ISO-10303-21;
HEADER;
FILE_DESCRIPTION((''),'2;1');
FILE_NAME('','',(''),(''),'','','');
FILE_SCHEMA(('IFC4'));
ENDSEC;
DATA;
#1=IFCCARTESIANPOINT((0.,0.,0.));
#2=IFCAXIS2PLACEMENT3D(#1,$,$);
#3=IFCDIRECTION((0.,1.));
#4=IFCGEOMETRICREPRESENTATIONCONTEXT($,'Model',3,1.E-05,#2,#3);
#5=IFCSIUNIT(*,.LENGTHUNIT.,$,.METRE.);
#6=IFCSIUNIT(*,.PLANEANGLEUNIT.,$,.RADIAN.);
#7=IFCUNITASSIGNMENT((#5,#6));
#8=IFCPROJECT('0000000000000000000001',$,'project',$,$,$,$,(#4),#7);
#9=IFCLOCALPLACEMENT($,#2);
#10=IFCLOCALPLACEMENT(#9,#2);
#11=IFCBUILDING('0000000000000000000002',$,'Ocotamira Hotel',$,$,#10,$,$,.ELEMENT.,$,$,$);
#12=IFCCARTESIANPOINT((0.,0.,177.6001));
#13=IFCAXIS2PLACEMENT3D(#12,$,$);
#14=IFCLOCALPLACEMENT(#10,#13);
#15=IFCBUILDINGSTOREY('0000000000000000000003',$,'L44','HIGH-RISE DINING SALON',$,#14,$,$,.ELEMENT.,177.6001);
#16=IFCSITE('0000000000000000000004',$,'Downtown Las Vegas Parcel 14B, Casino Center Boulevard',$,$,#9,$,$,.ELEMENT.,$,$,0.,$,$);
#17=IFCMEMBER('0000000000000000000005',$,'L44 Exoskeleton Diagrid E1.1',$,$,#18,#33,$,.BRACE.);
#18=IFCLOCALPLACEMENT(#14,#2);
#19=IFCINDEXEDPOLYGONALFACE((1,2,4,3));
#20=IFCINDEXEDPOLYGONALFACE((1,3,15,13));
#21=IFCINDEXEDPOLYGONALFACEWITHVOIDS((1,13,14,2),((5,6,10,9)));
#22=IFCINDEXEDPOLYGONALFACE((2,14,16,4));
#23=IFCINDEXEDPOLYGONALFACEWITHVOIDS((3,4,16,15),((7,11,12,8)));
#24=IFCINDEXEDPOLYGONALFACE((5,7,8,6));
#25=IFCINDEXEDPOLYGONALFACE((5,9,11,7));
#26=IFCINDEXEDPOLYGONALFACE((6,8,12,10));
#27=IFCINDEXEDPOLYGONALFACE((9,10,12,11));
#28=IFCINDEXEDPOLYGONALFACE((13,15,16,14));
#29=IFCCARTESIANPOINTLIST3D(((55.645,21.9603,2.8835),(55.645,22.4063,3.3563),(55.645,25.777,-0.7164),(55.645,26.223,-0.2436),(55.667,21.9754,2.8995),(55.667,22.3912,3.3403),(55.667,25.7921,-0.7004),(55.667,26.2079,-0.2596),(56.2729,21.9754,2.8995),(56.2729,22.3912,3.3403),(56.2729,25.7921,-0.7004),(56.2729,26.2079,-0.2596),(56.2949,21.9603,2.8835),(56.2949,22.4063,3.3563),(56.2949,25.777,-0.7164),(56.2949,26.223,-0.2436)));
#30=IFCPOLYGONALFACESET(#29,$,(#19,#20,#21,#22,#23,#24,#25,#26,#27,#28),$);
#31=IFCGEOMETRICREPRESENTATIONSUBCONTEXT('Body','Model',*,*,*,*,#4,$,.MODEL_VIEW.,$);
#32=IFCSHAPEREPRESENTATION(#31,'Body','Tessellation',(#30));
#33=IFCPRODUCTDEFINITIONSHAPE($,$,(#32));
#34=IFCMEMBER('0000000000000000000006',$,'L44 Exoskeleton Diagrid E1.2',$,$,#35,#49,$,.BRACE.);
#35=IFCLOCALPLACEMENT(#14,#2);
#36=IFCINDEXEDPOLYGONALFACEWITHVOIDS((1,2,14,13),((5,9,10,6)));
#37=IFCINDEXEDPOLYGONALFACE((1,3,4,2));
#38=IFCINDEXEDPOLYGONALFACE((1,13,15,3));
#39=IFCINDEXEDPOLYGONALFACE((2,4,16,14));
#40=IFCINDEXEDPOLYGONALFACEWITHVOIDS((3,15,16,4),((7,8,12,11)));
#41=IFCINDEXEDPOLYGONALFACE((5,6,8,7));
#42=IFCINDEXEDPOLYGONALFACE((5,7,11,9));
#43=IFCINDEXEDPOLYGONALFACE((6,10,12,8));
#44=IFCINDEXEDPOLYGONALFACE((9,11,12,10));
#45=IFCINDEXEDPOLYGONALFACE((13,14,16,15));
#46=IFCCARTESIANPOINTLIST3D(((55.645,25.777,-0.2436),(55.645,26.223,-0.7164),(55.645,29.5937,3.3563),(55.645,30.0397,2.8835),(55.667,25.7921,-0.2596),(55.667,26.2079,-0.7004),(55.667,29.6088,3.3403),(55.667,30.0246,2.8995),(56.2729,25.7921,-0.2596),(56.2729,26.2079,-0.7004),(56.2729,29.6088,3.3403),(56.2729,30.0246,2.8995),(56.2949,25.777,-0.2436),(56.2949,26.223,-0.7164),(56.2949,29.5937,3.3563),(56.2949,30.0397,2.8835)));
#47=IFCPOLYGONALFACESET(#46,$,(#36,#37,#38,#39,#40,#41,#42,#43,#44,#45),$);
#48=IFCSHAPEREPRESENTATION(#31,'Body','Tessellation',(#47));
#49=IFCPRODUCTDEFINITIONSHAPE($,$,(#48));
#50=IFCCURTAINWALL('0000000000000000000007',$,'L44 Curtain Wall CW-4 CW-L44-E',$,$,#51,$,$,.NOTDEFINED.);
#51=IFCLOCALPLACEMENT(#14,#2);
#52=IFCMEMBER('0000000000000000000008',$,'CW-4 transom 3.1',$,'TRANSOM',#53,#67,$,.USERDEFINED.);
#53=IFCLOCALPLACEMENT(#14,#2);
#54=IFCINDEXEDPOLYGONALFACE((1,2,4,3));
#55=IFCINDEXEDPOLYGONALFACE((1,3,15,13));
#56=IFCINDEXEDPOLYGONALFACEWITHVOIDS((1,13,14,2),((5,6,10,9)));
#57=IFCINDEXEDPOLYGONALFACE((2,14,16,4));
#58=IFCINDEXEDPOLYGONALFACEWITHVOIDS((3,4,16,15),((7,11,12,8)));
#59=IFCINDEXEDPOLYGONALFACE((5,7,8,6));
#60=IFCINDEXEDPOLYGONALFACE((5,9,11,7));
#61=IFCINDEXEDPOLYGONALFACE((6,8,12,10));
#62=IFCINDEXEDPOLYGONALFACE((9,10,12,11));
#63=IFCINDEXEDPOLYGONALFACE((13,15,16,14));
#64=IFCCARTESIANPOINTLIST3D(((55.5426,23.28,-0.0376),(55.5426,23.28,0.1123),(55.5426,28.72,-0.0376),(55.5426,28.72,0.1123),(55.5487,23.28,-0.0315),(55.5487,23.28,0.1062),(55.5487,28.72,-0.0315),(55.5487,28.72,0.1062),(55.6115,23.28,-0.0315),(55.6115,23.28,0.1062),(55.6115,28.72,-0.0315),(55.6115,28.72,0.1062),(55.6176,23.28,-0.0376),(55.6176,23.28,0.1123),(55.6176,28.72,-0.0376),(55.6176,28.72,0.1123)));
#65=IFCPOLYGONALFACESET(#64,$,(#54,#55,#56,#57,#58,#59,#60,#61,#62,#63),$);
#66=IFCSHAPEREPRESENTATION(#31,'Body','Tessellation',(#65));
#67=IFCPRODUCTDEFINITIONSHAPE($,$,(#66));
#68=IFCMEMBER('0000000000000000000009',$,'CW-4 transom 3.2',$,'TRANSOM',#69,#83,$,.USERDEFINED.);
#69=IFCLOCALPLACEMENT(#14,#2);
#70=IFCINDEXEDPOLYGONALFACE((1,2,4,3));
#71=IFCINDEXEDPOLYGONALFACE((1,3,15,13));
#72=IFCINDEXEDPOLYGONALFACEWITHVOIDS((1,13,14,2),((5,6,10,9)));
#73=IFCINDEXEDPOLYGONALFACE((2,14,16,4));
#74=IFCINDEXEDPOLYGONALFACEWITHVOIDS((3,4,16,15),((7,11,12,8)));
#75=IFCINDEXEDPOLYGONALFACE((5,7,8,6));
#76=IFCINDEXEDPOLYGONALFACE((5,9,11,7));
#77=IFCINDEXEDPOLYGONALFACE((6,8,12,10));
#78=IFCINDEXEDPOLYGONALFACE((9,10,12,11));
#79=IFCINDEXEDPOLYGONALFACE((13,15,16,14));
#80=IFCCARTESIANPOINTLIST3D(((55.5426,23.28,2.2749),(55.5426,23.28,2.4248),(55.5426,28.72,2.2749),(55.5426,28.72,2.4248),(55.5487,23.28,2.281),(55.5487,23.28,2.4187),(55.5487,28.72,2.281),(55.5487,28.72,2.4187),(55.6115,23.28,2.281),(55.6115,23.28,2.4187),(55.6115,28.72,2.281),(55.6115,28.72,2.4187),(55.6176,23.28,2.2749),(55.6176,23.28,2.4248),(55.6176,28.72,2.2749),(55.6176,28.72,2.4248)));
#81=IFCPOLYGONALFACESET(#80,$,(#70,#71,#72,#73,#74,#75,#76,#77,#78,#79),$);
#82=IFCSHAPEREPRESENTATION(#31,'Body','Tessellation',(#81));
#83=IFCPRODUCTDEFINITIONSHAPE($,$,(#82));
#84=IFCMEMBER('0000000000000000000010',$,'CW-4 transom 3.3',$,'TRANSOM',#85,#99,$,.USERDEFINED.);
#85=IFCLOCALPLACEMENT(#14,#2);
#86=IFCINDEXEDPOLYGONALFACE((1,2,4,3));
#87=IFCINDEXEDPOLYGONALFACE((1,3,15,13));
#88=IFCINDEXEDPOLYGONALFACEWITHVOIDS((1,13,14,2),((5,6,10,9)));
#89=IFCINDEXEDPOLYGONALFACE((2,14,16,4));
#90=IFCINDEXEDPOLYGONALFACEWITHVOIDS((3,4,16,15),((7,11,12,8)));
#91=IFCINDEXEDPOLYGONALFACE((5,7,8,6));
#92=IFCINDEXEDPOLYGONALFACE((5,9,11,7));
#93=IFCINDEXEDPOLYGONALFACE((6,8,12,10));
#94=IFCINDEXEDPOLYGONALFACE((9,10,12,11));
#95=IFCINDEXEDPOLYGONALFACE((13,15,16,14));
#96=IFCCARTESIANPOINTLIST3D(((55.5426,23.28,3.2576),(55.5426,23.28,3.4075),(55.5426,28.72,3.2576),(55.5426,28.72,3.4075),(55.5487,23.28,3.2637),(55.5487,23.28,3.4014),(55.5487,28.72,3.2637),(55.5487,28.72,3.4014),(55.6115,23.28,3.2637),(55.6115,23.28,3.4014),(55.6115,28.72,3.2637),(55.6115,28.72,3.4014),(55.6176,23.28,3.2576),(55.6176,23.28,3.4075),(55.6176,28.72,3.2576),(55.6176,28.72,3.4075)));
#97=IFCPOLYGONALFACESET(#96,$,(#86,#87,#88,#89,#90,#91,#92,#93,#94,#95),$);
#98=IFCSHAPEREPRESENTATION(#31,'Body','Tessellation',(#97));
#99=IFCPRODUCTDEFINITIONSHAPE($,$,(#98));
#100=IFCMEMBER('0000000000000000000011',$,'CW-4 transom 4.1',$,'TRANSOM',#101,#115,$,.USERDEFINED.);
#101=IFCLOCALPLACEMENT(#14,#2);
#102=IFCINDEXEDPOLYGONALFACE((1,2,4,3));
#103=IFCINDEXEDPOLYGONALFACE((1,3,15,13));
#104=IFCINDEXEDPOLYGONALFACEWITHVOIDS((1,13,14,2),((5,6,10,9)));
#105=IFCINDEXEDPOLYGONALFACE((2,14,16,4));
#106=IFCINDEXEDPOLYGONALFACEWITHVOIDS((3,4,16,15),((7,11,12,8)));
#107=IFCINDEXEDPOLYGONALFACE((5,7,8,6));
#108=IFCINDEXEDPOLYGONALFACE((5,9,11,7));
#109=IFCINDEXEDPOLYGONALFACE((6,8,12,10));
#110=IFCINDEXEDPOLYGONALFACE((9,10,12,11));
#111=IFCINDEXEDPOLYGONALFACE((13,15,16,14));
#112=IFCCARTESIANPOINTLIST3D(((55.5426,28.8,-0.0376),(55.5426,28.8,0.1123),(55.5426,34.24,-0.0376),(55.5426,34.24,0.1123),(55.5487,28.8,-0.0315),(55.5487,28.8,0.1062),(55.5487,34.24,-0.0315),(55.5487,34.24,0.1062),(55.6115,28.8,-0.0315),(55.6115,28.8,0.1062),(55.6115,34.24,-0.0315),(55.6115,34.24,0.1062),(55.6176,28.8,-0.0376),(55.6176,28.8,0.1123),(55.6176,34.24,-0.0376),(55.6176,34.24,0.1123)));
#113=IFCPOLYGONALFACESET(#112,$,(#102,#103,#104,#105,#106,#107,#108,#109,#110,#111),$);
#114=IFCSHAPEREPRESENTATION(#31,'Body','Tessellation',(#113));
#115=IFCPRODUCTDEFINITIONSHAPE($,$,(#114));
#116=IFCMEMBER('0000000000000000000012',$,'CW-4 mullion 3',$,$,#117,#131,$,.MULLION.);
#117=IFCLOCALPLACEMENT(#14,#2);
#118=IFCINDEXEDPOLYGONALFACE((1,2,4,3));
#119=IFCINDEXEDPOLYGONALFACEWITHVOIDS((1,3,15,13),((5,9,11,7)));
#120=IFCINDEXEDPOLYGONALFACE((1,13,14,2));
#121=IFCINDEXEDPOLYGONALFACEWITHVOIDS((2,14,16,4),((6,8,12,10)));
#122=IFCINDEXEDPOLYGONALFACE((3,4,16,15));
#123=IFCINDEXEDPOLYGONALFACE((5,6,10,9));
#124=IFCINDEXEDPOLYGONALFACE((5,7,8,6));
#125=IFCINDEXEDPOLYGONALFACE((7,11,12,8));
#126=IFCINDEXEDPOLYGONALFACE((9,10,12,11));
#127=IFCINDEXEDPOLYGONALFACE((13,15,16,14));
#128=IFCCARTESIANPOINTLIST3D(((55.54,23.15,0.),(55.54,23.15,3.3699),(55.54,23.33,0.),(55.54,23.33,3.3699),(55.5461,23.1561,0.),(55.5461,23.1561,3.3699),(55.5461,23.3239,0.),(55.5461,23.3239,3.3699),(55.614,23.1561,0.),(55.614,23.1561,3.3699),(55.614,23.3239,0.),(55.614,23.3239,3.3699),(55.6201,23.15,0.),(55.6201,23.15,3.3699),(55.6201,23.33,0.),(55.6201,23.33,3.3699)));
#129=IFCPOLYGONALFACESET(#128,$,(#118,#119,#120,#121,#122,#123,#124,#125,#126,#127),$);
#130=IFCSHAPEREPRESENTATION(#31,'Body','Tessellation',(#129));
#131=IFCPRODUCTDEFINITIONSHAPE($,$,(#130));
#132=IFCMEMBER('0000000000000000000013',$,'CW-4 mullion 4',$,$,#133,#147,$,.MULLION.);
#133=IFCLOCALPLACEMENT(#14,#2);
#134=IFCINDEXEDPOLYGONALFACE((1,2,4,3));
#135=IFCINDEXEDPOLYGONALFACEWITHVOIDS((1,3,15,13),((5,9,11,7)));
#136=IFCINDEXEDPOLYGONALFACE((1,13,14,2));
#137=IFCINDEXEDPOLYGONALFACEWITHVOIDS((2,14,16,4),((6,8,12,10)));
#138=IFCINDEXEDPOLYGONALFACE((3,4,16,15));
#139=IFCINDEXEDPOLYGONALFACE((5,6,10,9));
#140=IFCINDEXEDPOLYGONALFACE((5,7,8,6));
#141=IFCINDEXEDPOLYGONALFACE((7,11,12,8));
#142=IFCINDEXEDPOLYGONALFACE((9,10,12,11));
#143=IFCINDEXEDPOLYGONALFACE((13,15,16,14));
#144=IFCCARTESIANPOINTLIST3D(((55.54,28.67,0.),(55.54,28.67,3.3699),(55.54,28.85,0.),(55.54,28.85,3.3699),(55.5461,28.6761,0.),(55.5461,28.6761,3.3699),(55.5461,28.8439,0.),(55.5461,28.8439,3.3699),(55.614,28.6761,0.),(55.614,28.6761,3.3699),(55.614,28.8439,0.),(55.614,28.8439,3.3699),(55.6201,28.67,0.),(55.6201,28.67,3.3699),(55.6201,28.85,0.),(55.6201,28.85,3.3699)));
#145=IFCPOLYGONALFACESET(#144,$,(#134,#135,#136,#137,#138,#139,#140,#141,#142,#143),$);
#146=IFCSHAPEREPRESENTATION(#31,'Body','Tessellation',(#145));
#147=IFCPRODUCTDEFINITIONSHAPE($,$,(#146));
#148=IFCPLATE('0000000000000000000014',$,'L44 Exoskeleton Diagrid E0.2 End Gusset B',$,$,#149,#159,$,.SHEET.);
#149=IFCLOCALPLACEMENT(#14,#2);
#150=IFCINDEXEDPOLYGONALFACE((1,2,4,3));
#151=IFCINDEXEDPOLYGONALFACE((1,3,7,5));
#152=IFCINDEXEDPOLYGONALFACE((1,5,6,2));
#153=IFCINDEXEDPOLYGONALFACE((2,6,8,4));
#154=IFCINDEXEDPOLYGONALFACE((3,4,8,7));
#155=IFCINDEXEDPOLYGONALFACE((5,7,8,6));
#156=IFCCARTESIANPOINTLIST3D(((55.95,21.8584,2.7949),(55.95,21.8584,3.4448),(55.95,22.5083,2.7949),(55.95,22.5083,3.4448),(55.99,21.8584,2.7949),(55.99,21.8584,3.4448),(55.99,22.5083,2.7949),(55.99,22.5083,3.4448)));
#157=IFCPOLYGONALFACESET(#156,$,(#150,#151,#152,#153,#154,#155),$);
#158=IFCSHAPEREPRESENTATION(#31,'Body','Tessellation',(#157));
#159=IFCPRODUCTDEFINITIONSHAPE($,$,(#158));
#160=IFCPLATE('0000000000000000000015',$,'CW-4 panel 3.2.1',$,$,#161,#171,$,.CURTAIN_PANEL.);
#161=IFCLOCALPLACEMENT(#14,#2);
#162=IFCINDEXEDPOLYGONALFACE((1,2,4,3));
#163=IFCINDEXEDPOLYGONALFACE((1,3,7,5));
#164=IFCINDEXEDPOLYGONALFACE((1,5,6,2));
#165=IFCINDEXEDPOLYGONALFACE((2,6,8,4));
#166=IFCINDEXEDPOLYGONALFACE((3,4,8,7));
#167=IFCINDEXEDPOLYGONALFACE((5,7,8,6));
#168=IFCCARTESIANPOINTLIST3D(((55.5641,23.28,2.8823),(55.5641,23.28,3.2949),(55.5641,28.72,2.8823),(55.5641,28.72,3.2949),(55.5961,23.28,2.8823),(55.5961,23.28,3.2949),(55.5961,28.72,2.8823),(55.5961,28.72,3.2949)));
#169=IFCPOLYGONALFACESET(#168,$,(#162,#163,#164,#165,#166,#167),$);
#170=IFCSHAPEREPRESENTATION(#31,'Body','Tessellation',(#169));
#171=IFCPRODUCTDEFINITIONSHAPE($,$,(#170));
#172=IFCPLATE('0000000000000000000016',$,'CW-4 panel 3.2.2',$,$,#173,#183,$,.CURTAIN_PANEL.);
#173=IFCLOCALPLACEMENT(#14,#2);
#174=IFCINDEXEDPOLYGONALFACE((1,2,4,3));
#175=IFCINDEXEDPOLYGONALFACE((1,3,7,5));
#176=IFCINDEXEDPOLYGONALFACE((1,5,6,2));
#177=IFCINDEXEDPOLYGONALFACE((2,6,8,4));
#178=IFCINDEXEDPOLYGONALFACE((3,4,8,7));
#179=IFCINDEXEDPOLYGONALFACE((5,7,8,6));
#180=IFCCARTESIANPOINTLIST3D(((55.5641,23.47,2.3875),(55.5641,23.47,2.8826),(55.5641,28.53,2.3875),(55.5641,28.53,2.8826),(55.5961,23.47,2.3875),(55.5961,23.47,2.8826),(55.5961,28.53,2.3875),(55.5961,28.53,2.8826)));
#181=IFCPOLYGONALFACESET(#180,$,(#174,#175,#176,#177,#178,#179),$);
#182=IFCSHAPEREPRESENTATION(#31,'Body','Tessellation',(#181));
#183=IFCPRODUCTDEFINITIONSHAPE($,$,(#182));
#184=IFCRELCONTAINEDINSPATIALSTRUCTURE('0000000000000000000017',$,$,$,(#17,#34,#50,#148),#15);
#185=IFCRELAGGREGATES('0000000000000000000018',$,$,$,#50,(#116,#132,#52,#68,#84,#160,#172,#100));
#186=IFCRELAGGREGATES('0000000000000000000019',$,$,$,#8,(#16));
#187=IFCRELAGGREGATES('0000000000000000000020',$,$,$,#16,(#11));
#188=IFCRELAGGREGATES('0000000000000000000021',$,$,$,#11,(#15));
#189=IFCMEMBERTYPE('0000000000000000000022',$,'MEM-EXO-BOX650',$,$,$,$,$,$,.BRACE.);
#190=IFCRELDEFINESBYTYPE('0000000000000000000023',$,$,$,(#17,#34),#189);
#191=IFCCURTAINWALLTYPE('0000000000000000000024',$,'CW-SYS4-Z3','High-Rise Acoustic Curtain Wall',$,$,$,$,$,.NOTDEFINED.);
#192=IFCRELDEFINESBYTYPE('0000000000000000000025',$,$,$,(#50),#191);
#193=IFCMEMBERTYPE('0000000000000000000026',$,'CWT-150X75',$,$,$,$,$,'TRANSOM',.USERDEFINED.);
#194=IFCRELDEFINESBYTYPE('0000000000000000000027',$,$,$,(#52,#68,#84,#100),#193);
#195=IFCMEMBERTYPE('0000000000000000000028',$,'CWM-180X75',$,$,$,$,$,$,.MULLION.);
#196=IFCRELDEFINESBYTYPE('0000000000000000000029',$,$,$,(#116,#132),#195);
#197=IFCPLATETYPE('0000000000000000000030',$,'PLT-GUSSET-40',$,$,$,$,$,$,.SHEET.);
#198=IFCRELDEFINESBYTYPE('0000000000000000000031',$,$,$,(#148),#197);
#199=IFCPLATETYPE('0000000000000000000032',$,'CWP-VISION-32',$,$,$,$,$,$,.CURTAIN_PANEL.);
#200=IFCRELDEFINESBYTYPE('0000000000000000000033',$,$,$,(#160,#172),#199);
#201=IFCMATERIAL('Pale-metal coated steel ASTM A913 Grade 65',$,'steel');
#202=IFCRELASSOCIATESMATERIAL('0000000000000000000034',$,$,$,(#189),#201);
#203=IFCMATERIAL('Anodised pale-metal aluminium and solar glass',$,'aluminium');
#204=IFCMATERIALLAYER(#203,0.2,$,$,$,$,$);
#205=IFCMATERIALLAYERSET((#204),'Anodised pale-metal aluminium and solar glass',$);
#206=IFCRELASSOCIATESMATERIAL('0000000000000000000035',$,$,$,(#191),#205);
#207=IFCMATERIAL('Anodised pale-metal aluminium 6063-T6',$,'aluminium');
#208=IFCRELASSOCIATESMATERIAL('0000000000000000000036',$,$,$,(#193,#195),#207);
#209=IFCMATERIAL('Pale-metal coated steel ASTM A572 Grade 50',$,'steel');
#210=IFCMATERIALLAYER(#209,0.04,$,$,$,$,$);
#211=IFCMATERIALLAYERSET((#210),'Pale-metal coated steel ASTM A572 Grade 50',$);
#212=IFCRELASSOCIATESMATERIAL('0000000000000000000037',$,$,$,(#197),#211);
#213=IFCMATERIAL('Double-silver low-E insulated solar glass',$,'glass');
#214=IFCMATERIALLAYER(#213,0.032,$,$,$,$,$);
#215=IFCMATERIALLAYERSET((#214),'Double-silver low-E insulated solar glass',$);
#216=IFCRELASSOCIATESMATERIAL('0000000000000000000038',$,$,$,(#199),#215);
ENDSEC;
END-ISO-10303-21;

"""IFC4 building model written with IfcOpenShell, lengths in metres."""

from ifc_helpers import new_model, si_unit, direction, frame, origin, origin_2d, place, context, subcontext, project, spatial, rectangle, hollow_rectangle, extrude, source, transform, mapped, material, layer, layer_set, material_profile, profile_set, type_object, element, aggregate, save


model = new_model("IFC4")

# Units and contexts
model_context = context("Model", 3, precision=1e-05, world=origin(), true_north=direction((0.0, 1.0)))
body_context = subcontext(model_context, "Body", "Model", "MODEL_VIEW")
ifc_project = project(units=[si_unit("LENGTHUNIT", "METRE"), si_unit("PLANEANGLEUNIT", "RADIAN")], contexts=[model_context])

# Site, building, storey
site_placement = place(None, origin())
site = spatial("IfcSite", under=ifc_project, at=site_placement, Name="Downtown Las Vegas Parcel 14B, Casino Center Boulevard", CompositionType="ELEMENT", RefElevation=0.0)
building_placement = place(site_placement, origin())
building = spatial("IfcBuilding", under=site, at=building_placement, Name="Ocotamira Hotel", CompositionType="ELEMENT")
storey_placement = place(building_placement, frame((0.0, 0.0, 177.6001)))
storey = spatial("IfcBuildingStorey", under=building, at=storey_placement, Name="L44", Description="HIGH-RISE DINING SALON", CompositionType="ELEMENT", Elevation=177.6001)

# Members
ifc_material_1 = material(Name="Pale-metal coated steel ASTM A913 Grade 65", Category="steel")
ifc_material_profile_1 = material_profile(ifc_material_1, hollow_rectangle(XDim=0.6499, YDim=0.6499, WallThickness=0.022, at=origin_2d()), Name="BOX650X650X22")
ifc_profile_set_1 = profile_set([ifc_material_profile_1], Name="Pale-metal coated steel ASTM A913 Grade 65")
member_type_1 = type_object("IfcMemberType", Name="MEM-EXO-BOX650", PredefinedType="BRACE", material=ifc_profile_set_1)
shared_shape_1 = source(origin(), body_context, "Body", "SweptSolid", [
    extrude(hollow_rectangle(XDim=0.6499, YDim=0.6499, WallThickness=0.022, at=origin_2d()), origin(), (0.0, 0.0, 1.0), 5.2466),
])
for number, where, z_axis, x_axis, name in (
    (1, (55.97, 26.0, -0.48), (0.0, -0.727466, 0.686144), (1.0, 0.0, 0.0), "L44 Exoskeleton Diagrid E1.1"),
    (2, (55.97, 26.0, -0.48), (0.0, 0.727466, 0.686144), (-1.0, 0.0, 0.0), "L44 Exoskeleton Diagrid E1.2"),
):
    element("IfcMember", number, at=place(storey_placement, frame(where, z_axis=z_axis, x_axis=x_axis)), inside=storey, type_object=member_type_1, Name=name, PredefinedType="BRACE", context=body_context, shape_type="MappedRepresentation", body=[
        mapped(shared_shape_1, transform((0.0, 0.0, 0.0), scale=1.0)),
    ])

# Curtain wall, members
ifc_material_2 = material(Name="Anodised pale-metal aluminium and solar glass", Category="aluminium")
ifc_layer_1 = layer(ifc_material_2, 0.2)
ifc_layer_set_1 = layer_set([ifc_layer_1], Name="Anodised pale-metal aluminium and solar glass")
curtain_wall_type = type_object("IfcCurtainWallType", Name="CW-SYS4-Z3", Description="High-Rise Acoustic Curtain Wall", PredefinedType="NOTDEFINED", material=ifc_layer_set_1)
curtain_wall_placement = place(storey_placement, origin())
curtain_wall = element("IfcCurtainWall", 3, at=curtain_wall_placement, inside=storey, type_object=curtain_wall_type, Name="L44 Curtain Wall CW-4 CW-L44-E", PredefinedType="NOTDEFINED")
ifc_material_3 = material(Name="Anodised pale-metal aluminium 6063-T6", Category="aluminium")
ifc_material_profile_2 = material_profile(ifc_material_3, hollow_rectangle(XDim=0.075, YDim=0.1499, WallThickness=0.0061, at=origin_2d()), Name="HSS150X75X6")
ifc_profile_set_2 = profile_set([ifc_material_profile_2], Name="Anodised pale-metal aluminium 6063-T6")
member_type_2 = type_object("IfcMemberType", Name="CWT-150X75", ElementType="TRANSOM", PredefinedType="USERDEFINED", material=ifc_profile_set_2)
shared_shape_2 = source(origin(), body_context, "Body", "SweptSolid", [
    extrude(hollow_rectangle(XDim=0.075, YDim=0.1499, WallThickness=0.0061, at=origin_2d()), origin(), (0.0, 0.0, 1.0), 5.4399),
])
member_1_placement = place(storey_placement, frame((55.5801, 23.28, 0.0374), z_axis=(0.0, 1.0, 0.0), x_axis=(-1.0, 0.0, 0.0)))
member_1 = element("IfcMember", 4, at=member_1_placement, type_object=member_type_2, Name="CW-4 transom 3.1", ObjectType="TRANSOM", PredefinedType="USERDEFINED", context=body_context, shape_type="MappedRepresentation", body=[
    mapped(shared_shape_2, transform((0.0, 0.0, 0.0), scale=1.0)),
])
member_2_placement = place(storey_placement, frame((55.5801, 23.28, 2.3499), z_axis=(0.0, 1.0, 0.0), x_axis=(-1.0, 0.0, 0.0)))
member_2 = element("IfcMember", 5, at=member_2_placement, type_object=member_type_2, Name="CW-4 transom 3.2", ObjectType="TRANSOM", PredefinedType="USERDEFINED", context=body_context, shape_type="MappedRepresentation", body=[
    mapped(shared_shape_2, transform((0.0, 0.0, 0.0), scale=1.0)),
])
member_3_placement = place(storey_placement, frame((55.5801, 23.28, 3.3325), z_axis=(0.0, 1.0, 0.0), x_axis=(-1.0, 0.0, 0.0)))
member_3 = element("IfcMember", 6, at=member_3_placement, type_object=member_type_2, Name="CW-4 transom 3.3", ObjectType="TRANSOM", PredefinedType="USERDEFINED", context=body_context, shape_type="MappedRepresentation", body=[
    mapped(shared_shape_2, transform((0.0, 0.0, 0.0), scale=1.0)),
])
member_4_placement = place(storey_placement, frame((55.5801, 28.8, 0.0374), z_axis=(0.0, 1.0, 0.0), x_axis=(-1.0, 0.0, 0.0)))
member_4 = element("IfcMember", 7, at=member_4_placement, type_object=member_type_2, Name="CW-4 transom 4.1", ObjectType="TRANSOM", PredefinedType="USERDEFINED", context=body_context, shape_type="MappedRepresentation", body=[
    mapped(shared_shape_2, transform((0.0, 0.0, 0.0), scale=1.0)),
])
ifc_material_profile_3 = material_profile(ifc_material_3, hollow_rectangle(XDim=0.0801, YDim=0.1799, WallThickness=0.0061, at=origin_2d()), Name="HSS180X80X6")
ifc_profile_set_3 = profile_set([ifc_material_profile_3], Name="Anodised pale-metal aluminium 6063-T6")
member_type_3 = type_object("IfcMemberType", Name="CWM-180X75", PredefinedType="MULLION", material=ifc_profile_set_3)
shared_shape_3 = source(origin(), body_context, "Body", "SweptSolid", [
    extrude(hollow_rectangle(XDim=0.0801, YDim=0.1799, WallThickness=0.0061, at=origin_2d()), origin(), (0.0, 0.0, 1.0), 3.3699),
])
member_5_placement = place(storey_placement, frame((55.5801, 23.24, 0.0), z_axis=(0.0, 0.0, 1.0), x_axis=(-1.0, 0.0, 0.0)))
member_5 = element("IfcMember", 8, at=member_5_placement, type_object=member_type_3, Name="CW-4 mullion 3", PredefinedType="MULLION", context=body_context, shape_type="MappedRepresentation", body=[
    mapped(shared_shape_3, transform((0.0, 0.0, 0.0), scale=1.0)),
])
member_6_placement = place(storey_placement, frame((55.5801, 28.76, 0.0), z_axis=(0.0, 0.0, 1.0), x_axis=(-1.0, 0.0, 0.0)))
member_6 = element("IfcMember", 9, at=member_6_placement, type_object=member_type_3, Name="CW-4 mullion 4", PredefinedType="MULLION", context=body_context, shape_type="MappedRepresentation", body=[
    mapped(shared_shape_3, transform((0.0, 0.0, 0.0), scale=1.0)),
])

# Plates
ifc_material_4 = material(Name="Pale-metal coated steel ASTM A572 Grade 50", Category="steel")
ifc_layer_2 = layer(ifc_material_4, 0.04)
ifc_layer_set_2 = layer_set([ifc_layer_2], Name="Pale-metal coated steel ASTM A572 Grade 50")
plate_type_1 = type_object("IfcPlateType", Name="PLT-GUSSET-40", PredefinedType="SHEET", material=ifc_layer_set_2)
shared_shape_4 = source(origin(), body_context, "Body", "SweptSolid", [
    extrude(rectangle(XDim=0.04, YDim=0.6499, at=origin_2d()), origin(), (0.0, 0.0, 1.0), 0.6499),
])
plate_1_placement = place(storey_placement, frame((55.97, 22.1833, 2.7949), z_axis=(0.0, 0.0, 1.0), x_axis=(1.0, 0.0, 0.0)))
element("IfcPlate", 10, at=plate_1_placement, inside=storey, type_object=plate_type_1, Name="L44 Exoskeleton Diagrid E0.2 End Gusset B", PredefinedType="SHEET", context=body_context, shape_type="MappedRepresentation", body=[
    mapped(shared_shape_4, transform((0.0, 0.0, 0.0), scale=1.0)),
])
ifc_material_5 = material(Name="Double-silver low-E insulated solar glass", Category="glass")
ifc_layer_3 = layer(ifc_material_5, 0.032)
ifc_layer_set_3 = layer_set([ifc_layer_3], Name="Double-silver low-E insulated solar glass")
plate_type_2 = type_object("IfcPlateType", Name="CWP-VISION-32", PredefinedType="CURTAIN_PANEL", material=ifc_layer_set_3)
shared_shape_5 = source(origin(), body_context, "Body", "SweptSolid", [
    extrude(rectangle(XDim=5.4399, YDim=0.032, at=origin_2d()), origin(), (0.0, 0.0, 1.0), 0.4126),
])
plate_2_placement = place(storey_placement, frame((55.5801, 26.0, 2.8823), z_axis=(0.0, 0.0, 1.0), x_axis=(0.0, 1.0, 0.0)))
plate_2 = element("IfcPlate", 11, at=plate_2_placement, type_object=plate_type_2, Name="CW-4 panel 3.2.1", PredefinedType="CURTAIN_PANEL", context=body_context, shape_type="MappedRepresentation", body=[
    mapped(shared_shape_5, transform((0.0, 0.0, 0.0), scale=1.0)),
])
shared_shape_6 = source(origin(), body_context, "Body", "SweptSolid", [
    extrude(rectangle(XDim=5.0601, YDim=0.032, at=origin_2d()), origin(), (0.0, 0.0, 1.0), 0.4951),
])
plate_3_placement = place(storey_placement, frame((55.5801, 26.0, 2.3875), z_axis=(0.0, 0.0, 1.0), x_axis=(0.0, 1.0, 0.0)))
plate_3 = element("IfcPlate", 12, at=plate_3_placement, type_object=plate_type_2, Name="CW-4 panel 3.2.2", PredefinedType="CURTAIN_PANEL", context=body_context, shape_type="MappedRepresentation", body=[
    mapped(shared_shape_6, transform((0.0, 0.0, 0.0), scale=1.0)),
])
aggregate(curtain_wall, [member_5, member_6, member_1, member_2, member_3, plate_2, plate_3, member_4])

save(model, "model.ifc")
